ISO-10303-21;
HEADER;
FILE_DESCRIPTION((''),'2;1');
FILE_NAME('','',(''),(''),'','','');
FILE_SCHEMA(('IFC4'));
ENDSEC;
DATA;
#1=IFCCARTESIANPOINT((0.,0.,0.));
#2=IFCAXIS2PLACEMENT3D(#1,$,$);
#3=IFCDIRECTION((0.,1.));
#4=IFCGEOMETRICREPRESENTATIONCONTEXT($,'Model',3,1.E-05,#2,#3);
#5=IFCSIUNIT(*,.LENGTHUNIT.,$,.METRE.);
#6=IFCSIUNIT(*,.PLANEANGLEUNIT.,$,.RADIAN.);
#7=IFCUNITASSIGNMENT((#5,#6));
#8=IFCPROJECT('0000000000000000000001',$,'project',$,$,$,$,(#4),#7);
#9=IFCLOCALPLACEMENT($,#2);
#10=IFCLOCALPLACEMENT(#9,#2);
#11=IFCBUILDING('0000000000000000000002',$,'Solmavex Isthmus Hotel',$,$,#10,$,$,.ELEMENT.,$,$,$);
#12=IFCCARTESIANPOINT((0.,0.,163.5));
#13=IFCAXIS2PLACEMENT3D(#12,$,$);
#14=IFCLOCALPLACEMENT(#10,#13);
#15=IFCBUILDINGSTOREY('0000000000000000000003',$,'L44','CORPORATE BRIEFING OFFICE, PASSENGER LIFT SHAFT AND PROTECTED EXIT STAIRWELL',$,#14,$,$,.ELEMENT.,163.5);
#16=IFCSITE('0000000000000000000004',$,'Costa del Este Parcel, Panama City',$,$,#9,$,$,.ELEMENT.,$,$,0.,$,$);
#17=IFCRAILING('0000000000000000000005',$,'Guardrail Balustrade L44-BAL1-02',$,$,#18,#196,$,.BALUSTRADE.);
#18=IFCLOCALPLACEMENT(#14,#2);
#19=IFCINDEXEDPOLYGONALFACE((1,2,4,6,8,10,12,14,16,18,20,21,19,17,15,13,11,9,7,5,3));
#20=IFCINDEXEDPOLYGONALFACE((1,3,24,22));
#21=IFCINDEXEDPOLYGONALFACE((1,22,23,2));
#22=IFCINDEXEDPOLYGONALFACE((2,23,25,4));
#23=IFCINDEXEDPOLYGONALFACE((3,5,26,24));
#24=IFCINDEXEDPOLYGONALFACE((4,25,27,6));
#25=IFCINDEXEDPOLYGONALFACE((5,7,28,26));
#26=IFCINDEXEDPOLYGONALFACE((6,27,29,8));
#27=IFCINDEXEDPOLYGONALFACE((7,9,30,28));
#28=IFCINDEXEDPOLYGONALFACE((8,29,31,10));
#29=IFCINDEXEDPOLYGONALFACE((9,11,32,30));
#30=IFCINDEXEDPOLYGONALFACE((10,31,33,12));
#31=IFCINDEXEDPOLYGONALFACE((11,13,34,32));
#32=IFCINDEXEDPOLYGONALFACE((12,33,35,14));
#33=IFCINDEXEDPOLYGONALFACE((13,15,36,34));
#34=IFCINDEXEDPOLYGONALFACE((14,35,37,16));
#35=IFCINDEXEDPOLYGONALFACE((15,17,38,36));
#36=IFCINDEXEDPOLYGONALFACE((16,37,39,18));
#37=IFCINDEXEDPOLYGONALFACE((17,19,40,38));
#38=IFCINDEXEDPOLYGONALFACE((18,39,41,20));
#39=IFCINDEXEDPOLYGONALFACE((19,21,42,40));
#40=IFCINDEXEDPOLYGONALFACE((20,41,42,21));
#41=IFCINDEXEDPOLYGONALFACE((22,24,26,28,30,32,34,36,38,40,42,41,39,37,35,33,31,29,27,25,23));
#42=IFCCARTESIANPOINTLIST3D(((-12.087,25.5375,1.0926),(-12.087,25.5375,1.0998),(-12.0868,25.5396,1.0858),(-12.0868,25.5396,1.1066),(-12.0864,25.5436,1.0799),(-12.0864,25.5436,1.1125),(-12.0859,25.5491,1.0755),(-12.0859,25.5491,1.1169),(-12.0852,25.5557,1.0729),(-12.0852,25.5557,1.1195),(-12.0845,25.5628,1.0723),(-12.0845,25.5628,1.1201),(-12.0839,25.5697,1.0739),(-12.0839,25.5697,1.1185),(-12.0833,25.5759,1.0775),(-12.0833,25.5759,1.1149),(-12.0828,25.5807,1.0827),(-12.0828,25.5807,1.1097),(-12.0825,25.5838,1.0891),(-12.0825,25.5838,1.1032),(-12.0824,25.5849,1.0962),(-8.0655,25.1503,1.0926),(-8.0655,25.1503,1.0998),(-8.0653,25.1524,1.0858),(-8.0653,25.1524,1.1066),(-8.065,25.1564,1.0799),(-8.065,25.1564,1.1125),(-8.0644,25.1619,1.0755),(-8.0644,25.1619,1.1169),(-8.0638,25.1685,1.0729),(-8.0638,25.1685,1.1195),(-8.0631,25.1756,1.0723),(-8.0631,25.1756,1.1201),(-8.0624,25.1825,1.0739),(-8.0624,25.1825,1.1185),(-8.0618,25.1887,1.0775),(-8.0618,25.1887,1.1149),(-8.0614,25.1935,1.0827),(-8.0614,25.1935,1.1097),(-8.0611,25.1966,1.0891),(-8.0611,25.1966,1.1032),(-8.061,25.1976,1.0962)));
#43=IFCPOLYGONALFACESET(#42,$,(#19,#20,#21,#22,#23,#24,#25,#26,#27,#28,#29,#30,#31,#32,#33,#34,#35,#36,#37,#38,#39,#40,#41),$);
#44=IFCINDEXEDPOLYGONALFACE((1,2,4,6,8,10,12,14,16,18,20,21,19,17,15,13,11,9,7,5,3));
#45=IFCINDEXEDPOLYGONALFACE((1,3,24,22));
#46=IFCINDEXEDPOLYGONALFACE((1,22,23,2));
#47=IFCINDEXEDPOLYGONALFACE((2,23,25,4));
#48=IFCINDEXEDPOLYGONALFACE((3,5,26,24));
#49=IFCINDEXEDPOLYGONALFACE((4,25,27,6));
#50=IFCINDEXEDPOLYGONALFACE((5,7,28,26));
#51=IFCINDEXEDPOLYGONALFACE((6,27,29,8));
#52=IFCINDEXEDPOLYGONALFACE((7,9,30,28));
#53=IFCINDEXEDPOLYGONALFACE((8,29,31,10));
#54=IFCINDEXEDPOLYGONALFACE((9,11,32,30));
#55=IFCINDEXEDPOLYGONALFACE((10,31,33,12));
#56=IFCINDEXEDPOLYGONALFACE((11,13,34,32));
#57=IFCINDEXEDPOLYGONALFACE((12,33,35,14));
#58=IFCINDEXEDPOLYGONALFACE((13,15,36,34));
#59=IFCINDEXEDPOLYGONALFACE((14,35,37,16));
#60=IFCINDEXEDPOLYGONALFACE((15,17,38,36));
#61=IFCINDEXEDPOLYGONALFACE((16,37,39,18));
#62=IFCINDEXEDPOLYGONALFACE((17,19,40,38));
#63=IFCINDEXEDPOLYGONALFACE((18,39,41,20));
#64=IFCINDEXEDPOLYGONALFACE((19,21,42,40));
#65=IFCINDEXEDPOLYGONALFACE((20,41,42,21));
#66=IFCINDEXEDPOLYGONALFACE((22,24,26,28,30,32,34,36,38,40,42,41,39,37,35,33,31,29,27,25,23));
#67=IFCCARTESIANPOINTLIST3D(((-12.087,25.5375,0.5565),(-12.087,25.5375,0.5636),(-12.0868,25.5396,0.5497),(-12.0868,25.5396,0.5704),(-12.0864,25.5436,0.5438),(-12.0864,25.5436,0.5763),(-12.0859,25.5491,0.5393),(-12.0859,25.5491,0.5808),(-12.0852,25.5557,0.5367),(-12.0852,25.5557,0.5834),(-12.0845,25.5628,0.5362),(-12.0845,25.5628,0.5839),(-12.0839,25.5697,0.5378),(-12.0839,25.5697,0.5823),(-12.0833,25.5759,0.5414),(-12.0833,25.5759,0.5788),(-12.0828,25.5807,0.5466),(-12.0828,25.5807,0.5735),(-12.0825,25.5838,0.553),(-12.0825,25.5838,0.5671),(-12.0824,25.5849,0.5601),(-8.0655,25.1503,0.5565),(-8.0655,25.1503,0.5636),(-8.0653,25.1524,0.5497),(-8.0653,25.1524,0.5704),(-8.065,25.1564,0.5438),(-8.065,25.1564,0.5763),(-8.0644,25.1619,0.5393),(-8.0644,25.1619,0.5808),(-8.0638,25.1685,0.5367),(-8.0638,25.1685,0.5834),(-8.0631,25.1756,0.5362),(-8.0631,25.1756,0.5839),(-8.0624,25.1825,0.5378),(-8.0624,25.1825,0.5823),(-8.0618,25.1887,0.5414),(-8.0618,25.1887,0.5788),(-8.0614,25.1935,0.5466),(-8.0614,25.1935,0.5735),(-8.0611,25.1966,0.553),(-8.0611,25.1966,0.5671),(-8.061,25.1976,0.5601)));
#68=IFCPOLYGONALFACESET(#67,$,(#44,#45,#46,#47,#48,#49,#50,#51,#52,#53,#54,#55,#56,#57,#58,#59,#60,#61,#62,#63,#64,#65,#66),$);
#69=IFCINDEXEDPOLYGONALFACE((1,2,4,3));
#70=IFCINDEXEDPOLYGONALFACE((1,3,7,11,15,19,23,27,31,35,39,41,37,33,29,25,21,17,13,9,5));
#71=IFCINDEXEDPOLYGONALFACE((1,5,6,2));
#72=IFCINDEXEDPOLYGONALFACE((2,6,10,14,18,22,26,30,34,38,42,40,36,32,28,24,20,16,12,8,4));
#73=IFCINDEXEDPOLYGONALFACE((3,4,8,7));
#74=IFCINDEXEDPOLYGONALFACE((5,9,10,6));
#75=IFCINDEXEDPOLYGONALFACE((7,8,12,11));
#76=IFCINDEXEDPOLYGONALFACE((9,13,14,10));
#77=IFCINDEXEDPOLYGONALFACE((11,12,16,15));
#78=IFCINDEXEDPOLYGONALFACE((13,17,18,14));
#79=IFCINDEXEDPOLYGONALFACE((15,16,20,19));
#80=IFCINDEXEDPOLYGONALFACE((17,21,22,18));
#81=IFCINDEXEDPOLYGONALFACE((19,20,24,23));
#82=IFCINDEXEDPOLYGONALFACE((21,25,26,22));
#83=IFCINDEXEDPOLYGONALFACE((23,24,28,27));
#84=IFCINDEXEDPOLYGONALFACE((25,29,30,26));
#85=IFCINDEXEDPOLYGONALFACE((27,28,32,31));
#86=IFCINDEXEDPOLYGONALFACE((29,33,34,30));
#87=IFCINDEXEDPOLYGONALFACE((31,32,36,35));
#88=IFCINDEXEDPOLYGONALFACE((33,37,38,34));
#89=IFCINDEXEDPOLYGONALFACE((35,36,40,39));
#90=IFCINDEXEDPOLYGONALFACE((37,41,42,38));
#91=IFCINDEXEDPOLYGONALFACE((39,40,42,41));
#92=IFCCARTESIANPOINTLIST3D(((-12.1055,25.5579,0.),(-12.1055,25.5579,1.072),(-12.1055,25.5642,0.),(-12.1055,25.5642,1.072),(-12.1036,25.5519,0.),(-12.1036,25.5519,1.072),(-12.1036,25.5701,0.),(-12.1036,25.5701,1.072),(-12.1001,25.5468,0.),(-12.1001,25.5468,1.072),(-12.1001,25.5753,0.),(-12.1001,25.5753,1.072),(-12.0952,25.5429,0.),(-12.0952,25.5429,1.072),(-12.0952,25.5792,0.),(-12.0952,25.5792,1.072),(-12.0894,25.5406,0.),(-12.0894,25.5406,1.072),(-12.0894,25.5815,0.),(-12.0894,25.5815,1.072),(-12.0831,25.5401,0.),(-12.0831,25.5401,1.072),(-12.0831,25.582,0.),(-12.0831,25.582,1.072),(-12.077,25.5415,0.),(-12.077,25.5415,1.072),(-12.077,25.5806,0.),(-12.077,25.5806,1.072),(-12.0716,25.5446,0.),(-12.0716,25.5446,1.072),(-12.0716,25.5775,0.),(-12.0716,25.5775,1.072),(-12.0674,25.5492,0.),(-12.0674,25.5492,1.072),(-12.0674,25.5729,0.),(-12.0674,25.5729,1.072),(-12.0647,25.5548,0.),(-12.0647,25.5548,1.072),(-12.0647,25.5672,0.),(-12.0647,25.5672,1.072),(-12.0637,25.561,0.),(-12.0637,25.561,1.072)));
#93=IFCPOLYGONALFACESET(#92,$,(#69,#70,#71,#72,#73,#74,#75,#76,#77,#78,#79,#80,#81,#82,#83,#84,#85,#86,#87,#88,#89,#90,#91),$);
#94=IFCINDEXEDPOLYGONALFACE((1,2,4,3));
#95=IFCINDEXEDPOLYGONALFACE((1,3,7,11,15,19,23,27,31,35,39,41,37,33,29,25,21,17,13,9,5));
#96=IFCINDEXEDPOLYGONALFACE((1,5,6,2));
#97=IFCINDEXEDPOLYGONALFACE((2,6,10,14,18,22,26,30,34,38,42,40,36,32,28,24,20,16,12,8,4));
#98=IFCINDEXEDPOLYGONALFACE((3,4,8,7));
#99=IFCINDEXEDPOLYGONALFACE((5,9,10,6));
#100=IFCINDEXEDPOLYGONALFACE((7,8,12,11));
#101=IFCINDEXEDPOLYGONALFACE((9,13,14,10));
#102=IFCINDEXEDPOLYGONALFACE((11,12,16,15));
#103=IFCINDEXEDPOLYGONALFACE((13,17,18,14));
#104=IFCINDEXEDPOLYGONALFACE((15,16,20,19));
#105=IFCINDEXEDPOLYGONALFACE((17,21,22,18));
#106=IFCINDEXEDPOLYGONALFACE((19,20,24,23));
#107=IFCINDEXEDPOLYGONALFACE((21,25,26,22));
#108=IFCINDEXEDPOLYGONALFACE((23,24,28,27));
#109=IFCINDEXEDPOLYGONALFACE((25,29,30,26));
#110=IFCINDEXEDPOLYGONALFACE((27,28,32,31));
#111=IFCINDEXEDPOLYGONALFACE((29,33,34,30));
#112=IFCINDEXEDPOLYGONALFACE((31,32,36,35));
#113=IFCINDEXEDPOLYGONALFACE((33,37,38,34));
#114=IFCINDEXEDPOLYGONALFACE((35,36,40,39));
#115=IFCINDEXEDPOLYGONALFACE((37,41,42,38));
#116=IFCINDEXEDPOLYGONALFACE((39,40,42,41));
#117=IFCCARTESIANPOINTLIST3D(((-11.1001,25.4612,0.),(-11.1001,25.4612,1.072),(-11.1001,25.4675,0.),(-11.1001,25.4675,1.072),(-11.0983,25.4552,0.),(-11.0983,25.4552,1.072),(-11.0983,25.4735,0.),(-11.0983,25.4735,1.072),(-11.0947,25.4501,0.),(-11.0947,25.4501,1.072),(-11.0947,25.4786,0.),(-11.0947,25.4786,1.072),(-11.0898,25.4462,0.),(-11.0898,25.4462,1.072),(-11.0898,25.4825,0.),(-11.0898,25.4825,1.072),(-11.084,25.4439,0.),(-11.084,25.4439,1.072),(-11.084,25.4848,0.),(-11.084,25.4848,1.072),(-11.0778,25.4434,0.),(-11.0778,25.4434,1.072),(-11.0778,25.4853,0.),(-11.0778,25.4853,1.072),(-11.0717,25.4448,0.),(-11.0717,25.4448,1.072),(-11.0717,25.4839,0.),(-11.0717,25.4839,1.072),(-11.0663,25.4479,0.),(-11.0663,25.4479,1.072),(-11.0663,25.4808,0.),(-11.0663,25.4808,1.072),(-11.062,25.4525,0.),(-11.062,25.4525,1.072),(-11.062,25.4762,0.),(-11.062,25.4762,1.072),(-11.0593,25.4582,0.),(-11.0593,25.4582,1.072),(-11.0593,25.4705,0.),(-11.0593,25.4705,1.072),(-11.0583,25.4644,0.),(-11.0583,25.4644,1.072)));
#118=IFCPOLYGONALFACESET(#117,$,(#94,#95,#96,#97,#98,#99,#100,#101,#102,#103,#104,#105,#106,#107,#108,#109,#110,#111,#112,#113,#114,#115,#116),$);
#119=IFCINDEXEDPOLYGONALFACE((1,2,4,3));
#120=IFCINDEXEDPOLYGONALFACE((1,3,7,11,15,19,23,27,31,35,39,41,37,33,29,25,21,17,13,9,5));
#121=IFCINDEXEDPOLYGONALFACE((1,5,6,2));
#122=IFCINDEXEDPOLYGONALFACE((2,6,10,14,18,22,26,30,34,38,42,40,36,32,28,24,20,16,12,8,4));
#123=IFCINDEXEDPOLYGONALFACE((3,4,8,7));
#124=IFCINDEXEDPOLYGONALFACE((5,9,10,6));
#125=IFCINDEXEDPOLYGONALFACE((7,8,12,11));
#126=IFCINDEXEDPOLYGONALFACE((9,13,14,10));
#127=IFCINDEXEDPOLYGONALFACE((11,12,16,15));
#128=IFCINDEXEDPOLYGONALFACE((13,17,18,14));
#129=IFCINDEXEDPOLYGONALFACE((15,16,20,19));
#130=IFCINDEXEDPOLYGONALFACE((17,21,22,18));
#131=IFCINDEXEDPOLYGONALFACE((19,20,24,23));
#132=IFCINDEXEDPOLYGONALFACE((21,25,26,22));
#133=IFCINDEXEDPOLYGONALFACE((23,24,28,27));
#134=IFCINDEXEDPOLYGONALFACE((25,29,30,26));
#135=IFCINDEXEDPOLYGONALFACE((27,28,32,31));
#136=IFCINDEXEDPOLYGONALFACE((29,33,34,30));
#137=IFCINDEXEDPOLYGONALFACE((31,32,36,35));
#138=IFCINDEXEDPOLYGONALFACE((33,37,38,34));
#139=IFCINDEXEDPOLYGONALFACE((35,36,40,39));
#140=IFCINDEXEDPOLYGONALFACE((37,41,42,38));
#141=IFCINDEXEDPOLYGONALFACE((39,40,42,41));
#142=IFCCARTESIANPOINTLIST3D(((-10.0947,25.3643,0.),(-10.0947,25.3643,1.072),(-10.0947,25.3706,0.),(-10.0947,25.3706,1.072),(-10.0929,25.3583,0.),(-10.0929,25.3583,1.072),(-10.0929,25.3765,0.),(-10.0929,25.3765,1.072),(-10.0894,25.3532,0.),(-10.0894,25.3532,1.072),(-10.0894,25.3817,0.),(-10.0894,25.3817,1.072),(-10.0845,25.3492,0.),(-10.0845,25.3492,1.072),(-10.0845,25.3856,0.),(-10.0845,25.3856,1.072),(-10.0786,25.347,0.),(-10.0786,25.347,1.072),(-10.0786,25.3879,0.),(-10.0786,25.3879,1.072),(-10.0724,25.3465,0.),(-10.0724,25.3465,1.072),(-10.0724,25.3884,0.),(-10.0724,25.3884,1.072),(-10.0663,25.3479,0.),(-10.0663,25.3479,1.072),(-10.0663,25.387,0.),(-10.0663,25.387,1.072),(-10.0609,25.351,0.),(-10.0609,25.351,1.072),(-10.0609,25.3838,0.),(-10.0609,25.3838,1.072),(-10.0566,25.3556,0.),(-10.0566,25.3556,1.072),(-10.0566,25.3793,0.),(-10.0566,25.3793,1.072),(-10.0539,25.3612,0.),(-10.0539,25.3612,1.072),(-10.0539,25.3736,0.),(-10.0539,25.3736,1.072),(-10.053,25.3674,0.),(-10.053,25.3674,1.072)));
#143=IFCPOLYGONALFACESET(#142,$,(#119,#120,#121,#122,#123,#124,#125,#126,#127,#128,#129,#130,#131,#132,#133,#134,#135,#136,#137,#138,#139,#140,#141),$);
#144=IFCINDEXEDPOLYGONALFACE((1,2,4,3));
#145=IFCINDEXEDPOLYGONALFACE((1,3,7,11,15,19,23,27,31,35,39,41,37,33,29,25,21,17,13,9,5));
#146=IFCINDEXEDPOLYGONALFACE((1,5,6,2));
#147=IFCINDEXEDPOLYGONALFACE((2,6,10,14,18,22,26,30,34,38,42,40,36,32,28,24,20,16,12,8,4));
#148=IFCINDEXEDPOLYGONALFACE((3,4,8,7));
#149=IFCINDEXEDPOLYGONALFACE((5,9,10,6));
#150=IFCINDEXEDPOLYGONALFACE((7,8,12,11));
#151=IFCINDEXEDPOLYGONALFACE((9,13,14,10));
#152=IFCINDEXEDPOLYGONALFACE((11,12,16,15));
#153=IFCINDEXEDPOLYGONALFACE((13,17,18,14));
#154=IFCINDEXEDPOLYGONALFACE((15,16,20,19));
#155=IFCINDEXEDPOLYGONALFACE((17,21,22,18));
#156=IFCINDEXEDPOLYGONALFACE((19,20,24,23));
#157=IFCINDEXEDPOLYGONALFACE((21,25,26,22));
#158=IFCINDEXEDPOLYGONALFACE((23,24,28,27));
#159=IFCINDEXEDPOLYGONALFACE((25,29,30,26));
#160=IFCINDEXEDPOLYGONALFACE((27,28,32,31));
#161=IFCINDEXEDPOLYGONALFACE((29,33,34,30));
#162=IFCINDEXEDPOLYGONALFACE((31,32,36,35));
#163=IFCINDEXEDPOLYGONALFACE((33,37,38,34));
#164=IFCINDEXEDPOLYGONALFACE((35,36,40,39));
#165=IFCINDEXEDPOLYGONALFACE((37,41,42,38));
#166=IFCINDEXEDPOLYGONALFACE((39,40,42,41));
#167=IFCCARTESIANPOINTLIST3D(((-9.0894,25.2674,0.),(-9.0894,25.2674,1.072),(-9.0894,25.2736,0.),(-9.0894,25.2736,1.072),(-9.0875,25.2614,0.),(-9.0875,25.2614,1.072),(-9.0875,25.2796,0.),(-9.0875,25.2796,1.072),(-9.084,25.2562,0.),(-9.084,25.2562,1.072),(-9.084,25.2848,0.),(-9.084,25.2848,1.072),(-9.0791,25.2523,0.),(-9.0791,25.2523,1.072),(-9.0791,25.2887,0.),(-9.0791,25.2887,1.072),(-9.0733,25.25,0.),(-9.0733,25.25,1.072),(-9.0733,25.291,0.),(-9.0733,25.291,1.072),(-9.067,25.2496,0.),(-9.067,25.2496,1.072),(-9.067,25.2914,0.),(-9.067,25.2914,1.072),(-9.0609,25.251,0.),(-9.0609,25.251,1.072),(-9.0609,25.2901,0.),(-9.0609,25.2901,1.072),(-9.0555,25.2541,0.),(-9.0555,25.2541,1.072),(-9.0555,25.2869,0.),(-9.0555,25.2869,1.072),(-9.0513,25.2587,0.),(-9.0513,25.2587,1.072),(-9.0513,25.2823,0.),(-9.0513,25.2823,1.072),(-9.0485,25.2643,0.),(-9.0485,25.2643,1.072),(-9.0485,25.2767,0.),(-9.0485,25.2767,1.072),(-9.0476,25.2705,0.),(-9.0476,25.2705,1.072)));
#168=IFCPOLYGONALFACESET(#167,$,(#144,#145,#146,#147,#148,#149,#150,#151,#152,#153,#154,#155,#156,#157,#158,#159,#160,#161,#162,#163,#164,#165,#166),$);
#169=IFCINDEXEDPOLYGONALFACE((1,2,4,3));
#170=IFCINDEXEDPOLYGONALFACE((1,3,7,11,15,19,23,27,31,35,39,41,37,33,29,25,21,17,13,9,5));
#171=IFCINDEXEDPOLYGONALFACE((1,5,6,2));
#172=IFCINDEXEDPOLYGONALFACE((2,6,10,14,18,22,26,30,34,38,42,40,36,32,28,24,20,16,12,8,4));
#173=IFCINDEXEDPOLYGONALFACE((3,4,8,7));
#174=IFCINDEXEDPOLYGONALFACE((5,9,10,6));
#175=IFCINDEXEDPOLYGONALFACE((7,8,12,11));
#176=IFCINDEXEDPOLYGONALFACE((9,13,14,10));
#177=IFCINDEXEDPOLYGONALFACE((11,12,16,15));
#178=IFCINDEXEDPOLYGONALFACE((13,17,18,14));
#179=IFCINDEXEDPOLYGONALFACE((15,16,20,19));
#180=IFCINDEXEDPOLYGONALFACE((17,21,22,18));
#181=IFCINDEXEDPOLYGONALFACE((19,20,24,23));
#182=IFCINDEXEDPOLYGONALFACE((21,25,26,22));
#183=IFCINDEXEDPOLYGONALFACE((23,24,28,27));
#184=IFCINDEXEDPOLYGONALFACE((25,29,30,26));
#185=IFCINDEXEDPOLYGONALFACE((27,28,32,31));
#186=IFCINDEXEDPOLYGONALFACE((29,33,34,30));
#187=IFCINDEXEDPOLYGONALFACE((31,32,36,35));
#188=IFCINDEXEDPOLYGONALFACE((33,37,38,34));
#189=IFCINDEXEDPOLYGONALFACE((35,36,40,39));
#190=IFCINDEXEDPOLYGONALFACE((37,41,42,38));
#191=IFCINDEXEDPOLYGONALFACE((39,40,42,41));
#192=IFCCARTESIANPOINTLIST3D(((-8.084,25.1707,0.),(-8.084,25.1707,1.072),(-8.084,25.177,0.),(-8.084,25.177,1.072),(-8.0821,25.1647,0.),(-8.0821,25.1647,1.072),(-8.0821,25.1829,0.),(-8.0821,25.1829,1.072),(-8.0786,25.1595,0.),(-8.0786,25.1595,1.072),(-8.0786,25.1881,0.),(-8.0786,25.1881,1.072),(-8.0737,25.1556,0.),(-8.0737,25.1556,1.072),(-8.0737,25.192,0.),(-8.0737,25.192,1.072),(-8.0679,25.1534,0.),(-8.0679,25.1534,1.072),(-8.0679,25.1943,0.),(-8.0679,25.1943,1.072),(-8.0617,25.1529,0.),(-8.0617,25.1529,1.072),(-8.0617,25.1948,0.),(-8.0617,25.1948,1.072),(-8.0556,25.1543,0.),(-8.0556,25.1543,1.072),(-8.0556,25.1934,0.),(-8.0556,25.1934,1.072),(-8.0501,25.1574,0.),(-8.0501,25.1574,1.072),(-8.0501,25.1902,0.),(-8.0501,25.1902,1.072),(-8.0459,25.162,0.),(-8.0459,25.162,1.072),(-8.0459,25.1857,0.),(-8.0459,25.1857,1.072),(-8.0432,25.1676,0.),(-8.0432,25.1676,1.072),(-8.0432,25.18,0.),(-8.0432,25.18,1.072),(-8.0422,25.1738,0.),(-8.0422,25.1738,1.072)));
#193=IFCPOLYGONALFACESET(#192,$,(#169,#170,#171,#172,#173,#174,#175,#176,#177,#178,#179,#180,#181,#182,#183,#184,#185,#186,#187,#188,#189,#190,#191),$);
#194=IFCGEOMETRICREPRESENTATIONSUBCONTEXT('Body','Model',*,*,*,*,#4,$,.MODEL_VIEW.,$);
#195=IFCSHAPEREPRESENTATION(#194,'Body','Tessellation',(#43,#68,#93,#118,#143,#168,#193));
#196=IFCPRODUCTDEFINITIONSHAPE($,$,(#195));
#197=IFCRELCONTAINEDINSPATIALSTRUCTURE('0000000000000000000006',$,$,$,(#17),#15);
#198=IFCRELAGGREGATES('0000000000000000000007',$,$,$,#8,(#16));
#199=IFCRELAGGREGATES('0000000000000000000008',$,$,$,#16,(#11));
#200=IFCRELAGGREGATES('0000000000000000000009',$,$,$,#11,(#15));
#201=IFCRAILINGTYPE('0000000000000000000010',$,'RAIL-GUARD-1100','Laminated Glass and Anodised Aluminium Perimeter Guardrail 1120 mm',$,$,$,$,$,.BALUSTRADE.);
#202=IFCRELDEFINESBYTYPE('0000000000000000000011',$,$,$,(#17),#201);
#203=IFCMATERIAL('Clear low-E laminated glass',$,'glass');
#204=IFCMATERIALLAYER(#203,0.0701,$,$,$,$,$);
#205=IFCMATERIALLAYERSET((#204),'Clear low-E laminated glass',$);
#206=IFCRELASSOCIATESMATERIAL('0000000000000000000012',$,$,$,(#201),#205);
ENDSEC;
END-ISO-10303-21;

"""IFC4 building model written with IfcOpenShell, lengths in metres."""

from ifc_helpers import new_model, si_unit, direction, frame, origin, origin_2d, place, context, subcontext, project, spatial, circle, extrude, material, layer, layer_set, type_object, element, save


model = new_model("IFC4")

# Units and contexts
model_context = context("Model", 3, precision=1e-05, world=origin(), true_north=direction((0.0, 1.0)))
body_context = subcontext(model_context, "Body", "Model", "MODEL_VIEW")
ifc_project = project(units=[si_unit("LENGTHUNIT", "METRE"), si_unit("PLANEANGLEUNIT", "RADIAN")], contexts=[model_context])

# Site, building, storey
site_placement = place(None, origin())
site = spatial("IfcSite", under=ifc_project, at=site_placement, Name="Costa del Este Parcel, Panama City", CompositionType="ELEMENT", RefElevation=0.0)
building_placement = place(site_placement, origin())
building = spatial("IfcBuilding", under=site, at=building_placement, Name="Solmavex Isthmus Hotel", CompositionType="ELEMENT")
storey_placement = place(building_placement, frame((0.0, 0.0, 163.5)))
storey = spatial("IfcBuildingStorey", under=building, at=storey_placement, Name="L44", Description="CORPORATE BRIEFING OFFICE, PASSENGER LIFT SHAFT AND PROTECTED EXIT STAIRWELL", CompositionType="ELEMENT", Elevation=163.5)

# Shared definitions
ifc_material_1 = material(Name="Clear low-E laminated glass", Category="glass")

# Railing
ifc_layer_1 = layer(ifc_material_1, 0.0701)
ifc_layer_set_1 = layer_set([ifc_layer_1], Name="Clear low-E laminated glass")
railing_type = type_object("IfcRailingType", Name="RAIL-GUARD-1100", Description="Laminated Glass and Anodised Aluminium Perimeter Guardrail 1120 mm", PredefinedType="BALUSTRADE", material=ifc_layer_set_1)
railing_1_placement = place(storey_placement, frame((-12.0847, 25.561, 0.0)))
element("IfcRailing", 1, at=railing_1_placement, inside=storey, type_object=railing_type, Name="Guardrail Balustrade L44-BAL1-02", PredefinedType="BALUSTRADE", context=body_context, shape_type="SweptSolid", body=[
    extrude(circle(Radius=0.0239, at=origin_2d()), frame((0.0, 0.0, 1.0962), z_axis=(0.995397, -0.095841, 0.0), x_axis=(0.095841, 0.995397, 0.0)), (0.0, 0.0, 1.0), 4.04),
    extrude(circle(Radius=0.0239, at=origin_2d()), frame((0.0, 0.0, 0.5601), z_axis=(0.995397, -0.095841, 0.0), x_axis=(0.095841, 0.995397, 0.0)), (0.0, 0.0, 1.0), 4.04),
    extrude(circle(Radius=0.021, at=origin_2d()), origin(), (0.0, 0.0, 1.0), 1.072),
    extrude(circle(Radius=0.021, at=origin_2d()), frame((1.0054, -0.0967, 0.0)), (0.0, 0.0, 1.0), 1.072),
    extrude(circle(Radius=0.021, at=origin_2d()), frame((2.0107, -0.1936, 0.0)), (0.0, 0.0, 1.0), 1.072),
    extrude(circle(Radius=0.021, at=origin_2d()), frame((3.0161, -0.2905, 0.0)), (0.0, 0.0, 1.0), 1.072),
    extrude(circle(Radius=0.021, at=origin_2d()), frame((4.0215, -0.3872, 0.0)), (0.0, 0.0, 1.0), 1.072),
])

save(model, "model.ifc")
